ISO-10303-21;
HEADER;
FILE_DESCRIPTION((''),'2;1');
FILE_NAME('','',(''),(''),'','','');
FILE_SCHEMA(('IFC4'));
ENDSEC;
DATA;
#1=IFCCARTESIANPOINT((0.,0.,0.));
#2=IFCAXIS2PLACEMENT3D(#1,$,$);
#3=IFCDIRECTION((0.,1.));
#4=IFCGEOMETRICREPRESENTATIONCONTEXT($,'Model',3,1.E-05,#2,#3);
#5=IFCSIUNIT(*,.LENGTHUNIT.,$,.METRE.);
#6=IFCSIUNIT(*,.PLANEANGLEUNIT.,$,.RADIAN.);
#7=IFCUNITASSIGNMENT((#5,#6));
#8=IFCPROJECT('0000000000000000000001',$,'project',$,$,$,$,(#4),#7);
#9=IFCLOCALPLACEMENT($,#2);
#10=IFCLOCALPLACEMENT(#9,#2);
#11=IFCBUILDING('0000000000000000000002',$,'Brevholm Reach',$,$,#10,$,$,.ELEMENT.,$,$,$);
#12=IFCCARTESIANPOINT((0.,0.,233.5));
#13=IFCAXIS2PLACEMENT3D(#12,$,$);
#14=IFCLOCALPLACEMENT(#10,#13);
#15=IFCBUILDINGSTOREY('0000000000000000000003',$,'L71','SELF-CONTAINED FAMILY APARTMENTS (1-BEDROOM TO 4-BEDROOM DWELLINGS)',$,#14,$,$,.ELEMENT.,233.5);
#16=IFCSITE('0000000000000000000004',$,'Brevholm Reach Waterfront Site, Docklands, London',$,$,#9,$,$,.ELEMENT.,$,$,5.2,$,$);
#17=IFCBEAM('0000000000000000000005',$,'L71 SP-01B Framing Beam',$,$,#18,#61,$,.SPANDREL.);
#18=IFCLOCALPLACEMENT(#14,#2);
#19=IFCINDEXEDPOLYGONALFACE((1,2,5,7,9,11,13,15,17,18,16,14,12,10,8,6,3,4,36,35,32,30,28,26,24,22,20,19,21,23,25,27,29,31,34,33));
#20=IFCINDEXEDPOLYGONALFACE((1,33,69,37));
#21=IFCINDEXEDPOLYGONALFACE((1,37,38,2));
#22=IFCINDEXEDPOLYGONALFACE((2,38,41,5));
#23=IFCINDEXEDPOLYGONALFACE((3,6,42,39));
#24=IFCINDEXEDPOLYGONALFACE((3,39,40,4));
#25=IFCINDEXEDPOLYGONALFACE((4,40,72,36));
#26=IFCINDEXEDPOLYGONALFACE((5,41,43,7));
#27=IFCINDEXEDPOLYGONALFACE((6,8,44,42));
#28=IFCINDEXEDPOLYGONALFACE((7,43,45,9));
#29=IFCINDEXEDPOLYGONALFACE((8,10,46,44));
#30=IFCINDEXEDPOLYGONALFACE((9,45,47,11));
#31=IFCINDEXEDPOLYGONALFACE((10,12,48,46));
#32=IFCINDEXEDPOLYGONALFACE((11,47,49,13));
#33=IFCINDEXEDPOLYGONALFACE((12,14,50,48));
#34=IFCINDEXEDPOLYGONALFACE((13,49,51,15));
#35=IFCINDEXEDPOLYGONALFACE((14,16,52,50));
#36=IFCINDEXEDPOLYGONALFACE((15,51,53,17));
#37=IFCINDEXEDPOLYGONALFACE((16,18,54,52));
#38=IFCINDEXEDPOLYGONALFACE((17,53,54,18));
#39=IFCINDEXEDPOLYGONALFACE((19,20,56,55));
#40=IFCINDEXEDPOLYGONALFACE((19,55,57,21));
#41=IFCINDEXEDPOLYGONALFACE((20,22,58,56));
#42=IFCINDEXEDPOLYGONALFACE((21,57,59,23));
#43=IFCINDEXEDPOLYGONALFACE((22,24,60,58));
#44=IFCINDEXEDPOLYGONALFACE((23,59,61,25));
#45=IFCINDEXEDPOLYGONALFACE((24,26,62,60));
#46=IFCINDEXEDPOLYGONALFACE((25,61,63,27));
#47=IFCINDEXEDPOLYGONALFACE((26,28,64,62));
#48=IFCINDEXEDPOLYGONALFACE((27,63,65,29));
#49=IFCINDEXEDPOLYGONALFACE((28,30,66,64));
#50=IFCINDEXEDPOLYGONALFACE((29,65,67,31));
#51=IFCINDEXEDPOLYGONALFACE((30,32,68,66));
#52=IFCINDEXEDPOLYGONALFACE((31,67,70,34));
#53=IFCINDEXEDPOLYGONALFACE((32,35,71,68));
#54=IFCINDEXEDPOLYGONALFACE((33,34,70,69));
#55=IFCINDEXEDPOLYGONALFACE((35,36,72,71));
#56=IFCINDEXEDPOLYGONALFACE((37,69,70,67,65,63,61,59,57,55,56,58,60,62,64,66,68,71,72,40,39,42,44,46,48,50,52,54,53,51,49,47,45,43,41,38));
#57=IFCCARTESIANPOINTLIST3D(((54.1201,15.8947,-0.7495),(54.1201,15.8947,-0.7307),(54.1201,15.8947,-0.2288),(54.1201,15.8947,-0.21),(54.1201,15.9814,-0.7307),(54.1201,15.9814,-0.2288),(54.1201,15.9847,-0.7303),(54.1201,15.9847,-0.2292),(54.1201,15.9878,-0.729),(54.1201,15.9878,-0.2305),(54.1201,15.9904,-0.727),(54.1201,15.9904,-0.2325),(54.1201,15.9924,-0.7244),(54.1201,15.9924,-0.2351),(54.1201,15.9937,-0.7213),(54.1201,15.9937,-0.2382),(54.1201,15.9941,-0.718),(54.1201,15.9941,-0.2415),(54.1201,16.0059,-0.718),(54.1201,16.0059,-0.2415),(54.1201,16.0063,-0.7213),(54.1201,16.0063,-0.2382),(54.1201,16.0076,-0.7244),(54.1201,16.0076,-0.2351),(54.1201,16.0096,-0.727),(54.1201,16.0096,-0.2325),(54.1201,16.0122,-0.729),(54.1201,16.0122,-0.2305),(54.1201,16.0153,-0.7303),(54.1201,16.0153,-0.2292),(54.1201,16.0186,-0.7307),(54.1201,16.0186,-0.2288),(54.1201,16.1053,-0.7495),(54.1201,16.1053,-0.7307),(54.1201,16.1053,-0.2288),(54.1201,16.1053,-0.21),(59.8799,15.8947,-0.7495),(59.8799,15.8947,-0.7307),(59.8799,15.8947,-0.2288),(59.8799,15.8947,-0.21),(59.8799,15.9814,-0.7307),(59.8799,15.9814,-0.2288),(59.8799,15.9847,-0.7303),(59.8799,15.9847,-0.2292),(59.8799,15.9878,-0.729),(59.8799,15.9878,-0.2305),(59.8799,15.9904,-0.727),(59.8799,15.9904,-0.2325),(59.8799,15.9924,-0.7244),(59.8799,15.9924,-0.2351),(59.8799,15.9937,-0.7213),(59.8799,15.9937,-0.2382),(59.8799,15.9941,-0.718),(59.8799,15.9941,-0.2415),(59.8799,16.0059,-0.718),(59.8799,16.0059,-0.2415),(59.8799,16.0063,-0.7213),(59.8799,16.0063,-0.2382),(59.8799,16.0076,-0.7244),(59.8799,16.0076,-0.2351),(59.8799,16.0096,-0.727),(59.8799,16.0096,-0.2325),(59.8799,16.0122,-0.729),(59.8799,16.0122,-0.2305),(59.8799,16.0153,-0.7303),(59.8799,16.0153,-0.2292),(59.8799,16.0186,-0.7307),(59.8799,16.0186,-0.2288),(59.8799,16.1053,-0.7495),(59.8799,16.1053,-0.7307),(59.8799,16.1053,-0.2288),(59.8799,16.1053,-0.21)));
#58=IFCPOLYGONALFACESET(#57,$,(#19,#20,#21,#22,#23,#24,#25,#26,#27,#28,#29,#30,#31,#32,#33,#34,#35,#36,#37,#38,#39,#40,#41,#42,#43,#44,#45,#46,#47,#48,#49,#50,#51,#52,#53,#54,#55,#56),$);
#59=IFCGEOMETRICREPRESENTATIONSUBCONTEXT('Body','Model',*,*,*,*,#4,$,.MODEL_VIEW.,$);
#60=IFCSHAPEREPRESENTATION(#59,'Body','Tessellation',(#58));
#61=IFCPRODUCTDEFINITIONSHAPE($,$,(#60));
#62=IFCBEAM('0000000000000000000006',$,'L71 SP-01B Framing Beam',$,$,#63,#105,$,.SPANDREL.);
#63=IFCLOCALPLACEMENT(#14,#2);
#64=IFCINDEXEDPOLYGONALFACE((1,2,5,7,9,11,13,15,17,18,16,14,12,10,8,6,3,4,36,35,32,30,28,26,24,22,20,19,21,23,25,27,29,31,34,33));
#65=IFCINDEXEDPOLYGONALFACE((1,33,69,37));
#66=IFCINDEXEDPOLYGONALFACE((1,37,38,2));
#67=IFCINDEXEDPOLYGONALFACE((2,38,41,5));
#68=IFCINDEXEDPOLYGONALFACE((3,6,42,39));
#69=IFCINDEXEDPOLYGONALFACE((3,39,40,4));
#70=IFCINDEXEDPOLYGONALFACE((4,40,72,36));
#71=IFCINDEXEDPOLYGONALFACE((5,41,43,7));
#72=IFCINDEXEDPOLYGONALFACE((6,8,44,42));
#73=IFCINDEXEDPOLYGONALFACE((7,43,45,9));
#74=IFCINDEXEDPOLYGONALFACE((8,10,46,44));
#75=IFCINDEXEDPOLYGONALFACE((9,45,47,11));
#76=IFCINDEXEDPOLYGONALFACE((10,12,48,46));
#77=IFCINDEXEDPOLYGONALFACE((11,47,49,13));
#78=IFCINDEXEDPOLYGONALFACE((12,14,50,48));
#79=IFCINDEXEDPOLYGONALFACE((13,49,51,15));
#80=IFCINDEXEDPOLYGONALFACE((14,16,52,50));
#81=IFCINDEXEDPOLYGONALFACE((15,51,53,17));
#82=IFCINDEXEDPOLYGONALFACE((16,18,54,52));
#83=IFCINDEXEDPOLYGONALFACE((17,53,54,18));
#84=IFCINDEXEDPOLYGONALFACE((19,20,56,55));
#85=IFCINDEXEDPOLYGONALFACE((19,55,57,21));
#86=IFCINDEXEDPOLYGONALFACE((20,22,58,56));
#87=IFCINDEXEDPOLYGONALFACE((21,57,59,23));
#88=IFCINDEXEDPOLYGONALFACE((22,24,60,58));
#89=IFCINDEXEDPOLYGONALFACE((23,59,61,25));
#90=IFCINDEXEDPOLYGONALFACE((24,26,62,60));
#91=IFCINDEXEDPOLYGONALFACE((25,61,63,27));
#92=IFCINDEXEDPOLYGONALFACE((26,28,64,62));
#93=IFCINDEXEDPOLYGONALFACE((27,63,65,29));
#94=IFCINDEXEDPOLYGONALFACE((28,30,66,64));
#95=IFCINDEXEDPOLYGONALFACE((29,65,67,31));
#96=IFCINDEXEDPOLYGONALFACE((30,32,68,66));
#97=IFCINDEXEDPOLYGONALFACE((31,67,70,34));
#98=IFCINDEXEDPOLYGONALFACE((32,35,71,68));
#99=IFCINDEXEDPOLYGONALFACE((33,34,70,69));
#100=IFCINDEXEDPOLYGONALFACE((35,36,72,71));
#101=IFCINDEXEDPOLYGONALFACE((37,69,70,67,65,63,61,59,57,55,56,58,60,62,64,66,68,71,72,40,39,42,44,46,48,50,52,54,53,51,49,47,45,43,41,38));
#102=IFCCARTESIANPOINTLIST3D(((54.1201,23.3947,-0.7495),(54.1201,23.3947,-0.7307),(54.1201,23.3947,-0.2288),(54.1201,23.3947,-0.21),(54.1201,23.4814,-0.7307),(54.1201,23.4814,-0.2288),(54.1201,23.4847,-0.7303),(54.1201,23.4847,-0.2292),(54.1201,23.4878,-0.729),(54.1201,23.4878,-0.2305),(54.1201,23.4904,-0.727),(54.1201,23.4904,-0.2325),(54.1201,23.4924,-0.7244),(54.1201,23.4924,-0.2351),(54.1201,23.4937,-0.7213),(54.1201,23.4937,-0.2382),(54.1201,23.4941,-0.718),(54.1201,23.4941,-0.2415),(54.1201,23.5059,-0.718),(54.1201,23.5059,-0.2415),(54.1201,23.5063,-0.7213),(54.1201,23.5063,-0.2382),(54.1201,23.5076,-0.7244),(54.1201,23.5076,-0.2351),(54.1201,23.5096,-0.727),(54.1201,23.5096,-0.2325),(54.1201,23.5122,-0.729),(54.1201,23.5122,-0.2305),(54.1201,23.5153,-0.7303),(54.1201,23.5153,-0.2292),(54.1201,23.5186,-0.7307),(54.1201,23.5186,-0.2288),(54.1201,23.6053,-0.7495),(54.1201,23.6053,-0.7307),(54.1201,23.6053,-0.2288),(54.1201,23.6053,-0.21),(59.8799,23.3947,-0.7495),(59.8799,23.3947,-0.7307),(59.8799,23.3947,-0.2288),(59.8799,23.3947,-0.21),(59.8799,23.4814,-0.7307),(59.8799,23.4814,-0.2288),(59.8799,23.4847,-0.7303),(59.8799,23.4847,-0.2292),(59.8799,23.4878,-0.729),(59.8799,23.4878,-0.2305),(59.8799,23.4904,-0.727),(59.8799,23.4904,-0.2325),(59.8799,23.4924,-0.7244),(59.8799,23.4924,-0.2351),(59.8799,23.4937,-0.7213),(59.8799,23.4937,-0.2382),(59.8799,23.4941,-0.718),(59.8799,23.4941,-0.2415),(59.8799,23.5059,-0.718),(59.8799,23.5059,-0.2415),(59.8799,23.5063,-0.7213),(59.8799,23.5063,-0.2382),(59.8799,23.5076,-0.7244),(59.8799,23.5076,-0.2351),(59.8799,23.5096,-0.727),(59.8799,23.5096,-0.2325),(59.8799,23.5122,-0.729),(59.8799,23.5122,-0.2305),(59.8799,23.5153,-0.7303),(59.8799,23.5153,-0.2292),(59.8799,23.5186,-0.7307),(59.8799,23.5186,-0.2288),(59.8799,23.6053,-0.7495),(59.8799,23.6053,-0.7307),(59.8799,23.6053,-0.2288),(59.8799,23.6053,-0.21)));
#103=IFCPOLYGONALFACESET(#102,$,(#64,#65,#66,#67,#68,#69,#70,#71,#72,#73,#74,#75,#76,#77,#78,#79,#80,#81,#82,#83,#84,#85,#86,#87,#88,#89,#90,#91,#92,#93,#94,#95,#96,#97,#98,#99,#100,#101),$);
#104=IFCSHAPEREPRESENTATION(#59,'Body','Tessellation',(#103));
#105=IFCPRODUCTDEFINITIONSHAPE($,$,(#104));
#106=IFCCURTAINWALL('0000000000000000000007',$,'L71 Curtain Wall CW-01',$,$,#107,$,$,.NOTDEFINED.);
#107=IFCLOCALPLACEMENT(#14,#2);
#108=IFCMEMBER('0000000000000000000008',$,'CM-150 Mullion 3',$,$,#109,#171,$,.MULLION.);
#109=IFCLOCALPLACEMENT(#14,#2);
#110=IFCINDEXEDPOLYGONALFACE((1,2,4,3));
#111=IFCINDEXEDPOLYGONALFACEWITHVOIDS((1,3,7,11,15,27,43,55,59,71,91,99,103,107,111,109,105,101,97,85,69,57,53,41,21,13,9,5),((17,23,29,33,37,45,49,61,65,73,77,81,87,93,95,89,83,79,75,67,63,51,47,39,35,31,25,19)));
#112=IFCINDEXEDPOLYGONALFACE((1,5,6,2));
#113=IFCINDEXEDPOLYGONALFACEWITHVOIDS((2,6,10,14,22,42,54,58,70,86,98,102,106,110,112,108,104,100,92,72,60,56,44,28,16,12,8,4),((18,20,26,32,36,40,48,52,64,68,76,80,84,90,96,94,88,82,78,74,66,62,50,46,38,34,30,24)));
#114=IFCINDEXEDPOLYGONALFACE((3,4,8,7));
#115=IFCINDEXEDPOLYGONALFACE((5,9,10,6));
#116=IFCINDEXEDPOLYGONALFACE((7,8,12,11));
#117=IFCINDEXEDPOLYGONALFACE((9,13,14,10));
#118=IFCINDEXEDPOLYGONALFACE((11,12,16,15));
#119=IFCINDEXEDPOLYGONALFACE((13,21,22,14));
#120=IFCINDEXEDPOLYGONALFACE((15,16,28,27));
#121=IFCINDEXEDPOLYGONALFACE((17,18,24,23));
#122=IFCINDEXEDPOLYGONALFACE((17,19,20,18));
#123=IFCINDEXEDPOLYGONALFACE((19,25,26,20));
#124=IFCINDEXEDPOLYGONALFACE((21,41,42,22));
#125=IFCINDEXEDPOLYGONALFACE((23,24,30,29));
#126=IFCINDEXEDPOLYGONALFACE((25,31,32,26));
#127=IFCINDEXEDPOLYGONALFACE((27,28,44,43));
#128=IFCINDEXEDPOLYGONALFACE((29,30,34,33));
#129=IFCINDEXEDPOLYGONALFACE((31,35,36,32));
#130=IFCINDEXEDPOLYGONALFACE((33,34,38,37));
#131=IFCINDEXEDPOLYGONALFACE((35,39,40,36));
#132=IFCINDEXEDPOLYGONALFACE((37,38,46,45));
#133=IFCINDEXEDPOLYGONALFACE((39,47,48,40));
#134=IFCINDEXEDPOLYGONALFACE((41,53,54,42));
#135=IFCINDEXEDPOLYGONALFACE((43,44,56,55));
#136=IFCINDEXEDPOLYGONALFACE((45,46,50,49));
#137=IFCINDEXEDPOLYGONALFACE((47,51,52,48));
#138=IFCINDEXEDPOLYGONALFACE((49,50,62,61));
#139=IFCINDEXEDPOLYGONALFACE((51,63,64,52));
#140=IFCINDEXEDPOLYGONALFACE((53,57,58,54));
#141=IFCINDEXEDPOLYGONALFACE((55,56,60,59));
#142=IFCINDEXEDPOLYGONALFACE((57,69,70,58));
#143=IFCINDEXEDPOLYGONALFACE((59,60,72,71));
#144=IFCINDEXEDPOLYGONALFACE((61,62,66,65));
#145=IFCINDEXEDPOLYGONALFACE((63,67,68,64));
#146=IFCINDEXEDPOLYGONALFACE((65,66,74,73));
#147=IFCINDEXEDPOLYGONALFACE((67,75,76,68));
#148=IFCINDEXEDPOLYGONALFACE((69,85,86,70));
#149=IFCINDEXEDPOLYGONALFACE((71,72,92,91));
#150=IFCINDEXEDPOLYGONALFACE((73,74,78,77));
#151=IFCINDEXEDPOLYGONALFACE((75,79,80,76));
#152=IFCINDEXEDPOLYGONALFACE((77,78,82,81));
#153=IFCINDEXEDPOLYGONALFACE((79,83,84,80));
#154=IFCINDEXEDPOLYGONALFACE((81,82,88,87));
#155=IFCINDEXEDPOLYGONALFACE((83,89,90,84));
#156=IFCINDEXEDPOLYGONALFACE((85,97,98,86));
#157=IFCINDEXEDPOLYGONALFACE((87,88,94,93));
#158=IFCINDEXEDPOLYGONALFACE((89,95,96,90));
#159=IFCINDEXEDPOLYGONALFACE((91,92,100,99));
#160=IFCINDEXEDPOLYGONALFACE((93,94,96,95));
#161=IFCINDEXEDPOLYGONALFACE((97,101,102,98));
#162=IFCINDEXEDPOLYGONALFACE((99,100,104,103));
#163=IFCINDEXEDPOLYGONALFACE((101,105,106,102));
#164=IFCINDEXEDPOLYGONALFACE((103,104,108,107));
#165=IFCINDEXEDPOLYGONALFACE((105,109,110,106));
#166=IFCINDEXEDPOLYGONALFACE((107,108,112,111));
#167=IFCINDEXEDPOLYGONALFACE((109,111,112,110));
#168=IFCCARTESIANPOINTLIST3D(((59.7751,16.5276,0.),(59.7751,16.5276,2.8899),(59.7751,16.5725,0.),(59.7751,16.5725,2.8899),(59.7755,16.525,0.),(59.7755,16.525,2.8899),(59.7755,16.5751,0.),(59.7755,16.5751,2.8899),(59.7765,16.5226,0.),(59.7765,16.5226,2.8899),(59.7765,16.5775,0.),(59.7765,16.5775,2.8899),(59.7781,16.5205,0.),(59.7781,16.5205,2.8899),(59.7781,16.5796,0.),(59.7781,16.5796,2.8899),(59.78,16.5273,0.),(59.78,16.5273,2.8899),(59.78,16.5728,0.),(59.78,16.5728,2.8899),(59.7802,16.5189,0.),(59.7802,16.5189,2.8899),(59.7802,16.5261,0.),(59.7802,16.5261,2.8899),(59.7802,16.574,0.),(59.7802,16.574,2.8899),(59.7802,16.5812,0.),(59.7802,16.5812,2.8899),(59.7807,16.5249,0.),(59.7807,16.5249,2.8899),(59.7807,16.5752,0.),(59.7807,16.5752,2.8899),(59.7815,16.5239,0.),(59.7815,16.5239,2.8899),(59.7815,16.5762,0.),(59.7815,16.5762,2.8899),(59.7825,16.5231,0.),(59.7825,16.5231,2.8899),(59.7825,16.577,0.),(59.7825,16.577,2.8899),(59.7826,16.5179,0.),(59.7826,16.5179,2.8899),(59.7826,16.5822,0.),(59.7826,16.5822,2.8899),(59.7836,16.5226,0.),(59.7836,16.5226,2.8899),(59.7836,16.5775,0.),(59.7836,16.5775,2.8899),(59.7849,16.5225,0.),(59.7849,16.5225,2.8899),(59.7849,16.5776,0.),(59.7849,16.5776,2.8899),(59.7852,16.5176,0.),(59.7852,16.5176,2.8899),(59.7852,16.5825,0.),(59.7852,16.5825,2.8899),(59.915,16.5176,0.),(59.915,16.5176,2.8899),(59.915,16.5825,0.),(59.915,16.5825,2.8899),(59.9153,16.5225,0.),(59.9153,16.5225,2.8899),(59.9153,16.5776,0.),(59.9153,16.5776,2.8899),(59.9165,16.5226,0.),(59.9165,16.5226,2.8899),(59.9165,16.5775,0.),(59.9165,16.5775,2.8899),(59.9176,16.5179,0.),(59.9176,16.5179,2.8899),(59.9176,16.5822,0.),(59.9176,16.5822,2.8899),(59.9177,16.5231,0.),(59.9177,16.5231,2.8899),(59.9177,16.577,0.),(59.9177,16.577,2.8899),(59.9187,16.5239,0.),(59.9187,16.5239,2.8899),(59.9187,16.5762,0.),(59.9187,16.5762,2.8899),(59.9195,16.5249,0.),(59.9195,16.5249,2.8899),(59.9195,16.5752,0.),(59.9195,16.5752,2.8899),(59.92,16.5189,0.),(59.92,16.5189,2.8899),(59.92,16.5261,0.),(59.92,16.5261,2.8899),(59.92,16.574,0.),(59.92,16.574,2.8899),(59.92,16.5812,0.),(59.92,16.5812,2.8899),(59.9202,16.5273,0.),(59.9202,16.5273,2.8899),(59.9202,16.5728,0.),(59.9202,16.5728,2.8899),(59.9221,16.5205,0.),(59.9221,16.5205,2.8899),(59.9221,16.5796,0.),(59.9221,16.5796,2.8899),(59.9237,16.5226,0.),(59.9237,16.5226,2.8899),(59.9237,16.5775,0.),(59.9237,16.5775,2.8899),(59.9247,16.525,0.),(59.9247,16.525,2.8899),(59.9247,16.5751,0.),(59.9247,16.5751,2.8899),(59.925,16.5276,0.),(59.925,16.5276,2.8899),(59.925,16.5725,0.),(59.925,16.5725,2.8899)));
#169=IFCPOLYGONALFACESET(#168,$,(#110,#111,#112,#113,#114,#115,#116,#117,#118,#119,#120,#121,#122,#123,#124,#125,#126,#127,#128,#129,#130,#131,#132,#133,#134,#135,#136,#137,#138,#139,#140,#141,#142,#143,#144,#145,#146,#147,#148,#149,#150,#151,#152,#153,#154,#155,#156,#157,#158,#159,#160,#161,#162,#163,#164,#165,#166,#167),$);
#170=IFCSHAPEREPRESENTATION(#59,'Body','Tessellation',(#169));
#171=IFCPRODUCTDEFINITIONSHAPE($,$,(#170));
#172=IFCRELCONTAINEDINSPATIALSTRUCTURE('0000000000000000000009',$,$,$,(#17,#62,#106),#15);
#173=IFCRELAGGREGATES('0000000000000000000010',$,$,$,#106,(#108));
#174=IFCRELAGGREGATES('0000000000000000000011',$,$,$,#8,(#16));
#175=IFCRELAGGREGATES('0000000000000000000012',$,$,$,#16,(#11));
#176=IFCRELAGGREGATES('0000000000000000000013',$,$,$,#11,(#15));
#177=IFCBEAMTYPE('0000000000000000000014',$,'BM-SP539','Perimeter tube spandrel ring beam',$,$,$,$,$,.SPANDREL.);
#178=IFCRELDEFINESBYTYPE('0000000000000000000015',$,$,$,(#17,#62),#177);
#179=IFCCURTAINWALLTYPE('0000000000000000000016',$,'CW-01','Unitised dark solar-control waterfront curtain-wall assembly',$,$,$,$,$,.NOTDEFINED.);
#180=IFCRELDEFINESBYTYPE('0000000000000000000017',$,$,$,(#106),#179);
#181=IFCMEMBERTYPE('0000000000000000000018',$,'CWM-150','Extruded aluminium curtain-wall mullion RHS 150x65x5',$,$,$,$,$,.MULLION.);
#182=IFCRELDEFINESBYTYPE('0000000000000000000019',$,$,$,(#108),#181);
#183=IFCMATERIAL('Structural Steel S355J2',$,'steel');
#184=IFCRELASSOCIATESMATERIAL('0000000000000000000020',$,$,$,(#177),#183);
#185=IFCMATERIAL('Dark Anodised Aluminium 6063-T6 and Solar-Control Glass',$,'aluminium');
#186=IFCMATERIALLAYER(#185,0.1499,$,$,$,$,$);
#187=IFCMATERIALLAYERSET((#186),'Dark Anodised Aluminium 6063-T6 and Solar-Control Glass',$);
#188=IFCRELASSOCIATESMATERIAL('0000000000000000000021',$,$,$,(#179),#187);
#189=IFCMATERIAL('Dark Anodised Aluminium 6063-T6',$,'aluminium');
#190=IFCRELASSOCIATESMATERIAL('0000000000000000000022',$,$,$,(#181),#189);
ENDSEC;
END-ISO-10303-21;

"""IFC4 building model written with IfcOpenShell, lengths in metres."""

from ifc_helpers import new_model, si_unit, direction, frame, origin, origin_2d, place, context, subcontext, project, spatial, hollow_rectangle, i_section, extrude, material, layer, layer_set, material_profile, profile_set, type_object, element, aggregate, save


model = new_model("IFC4")

# Units and contexts
model_context = context("Model", 3, precision=1e-05, world=origin(), true_north=direction((0.0, 1.0)))
body_context = subcontext(model_context, "Body", "Model", "MODEL_VIEW")
ifc_project = project(units=[si_unit("LENGTHUNIT", "METRE"), si_unit("PLANEANGLEUNIT", "RADIAN")], contexts=[model_context])

# Site, building, storey
site_placement = place(None, origin())
site = spatial("IfcSite", under=ifc_project, at=site_placement, Name="Brevholm Reach Waterfront Site, Docklands, London", CompositionType="ELEMENT", RefElevation=5.2)
building_placement = place(site_placement, origin())
building = spatial("IfcBuilding", under=site, at=building_placement, Name="Brevholm Reach", CompositionType="ELEMENT")
storey_placement = place(building_placement, frame((0.0, 0.0, 233.5)))
storey = spatial("IfcBuildingStorey", under=building, at=storey_placement, Name="L71", Description="SELF-CONTAINED FAMILY APARTMENTS (1-BEDROOM TO 4-BEDROOM DWELLINGS)", CompositionType="ELEMENT", Elevation=233.5)

# Beams
ifc_material_1 = material(Name="Structural Steel S355J2", Category="steel")
ifc_material_profile_1 = material_profile(ifc_material_1, i_section(OverallWidth=0.2107, OverallDepth=0.5396, WebThickness=0.0117, FlangeThickness=0.0188, FilletRadius=0.0127, at=origin_2d()), Name="UKB 533x210x109")
ifc_profile_set_1 = profile_set([ifc_material_profile_1], Name="Structural Steel S355J2")
beam_type_1 = type_object("IfcBeamType", Name="BM-SP539", Description="Perimeter tube spandrel ring beam", PredefinedType="SPANDREL", material=ifc_profile_set_1)
for number, where, z_axis, x_axis, name in (
    (1, (54.1201, 16.0, -0.4797), (1.0, 0.0, 0.0), (0.0, 1.0, 0.0), "L71 SP-01B Framing Beam"),
    (2, (54.1201, 23.5, -0.4797), (1.0, 0.0, 0.0), (0.0, 1.0, 0.0), "L71 SP-01B Framing Beam"),
):
    element("IfcBeam", number, at=place(storey_placement, frame(where, z_axis=z_axis, x_axis=x_axis)), inside=storey, type_object=beam_type_1, Name=name, PredefinedType="SPANDREL", context=body_context, shape_type="SweptSolid", body=[
        extrude(i_section(OverallWidth=0.2107, OverallDepth=0.5396, WebThickness=0.0117, FlangeThickness=0.0188, FilletRadius=0.0127, at=origin_2d()), origin(), (0.0, 0.0, 1.0), 5.7598),
    ])

# Curtain wall, member
ifc_material_2 = material(Name="Dark Anodised Aluminium 6063-T6 and Solar-Control Glass", Category="aluminium")
ifc_layer_1 = layer(ifc_material_2, 0.1499)
ifc_layer_set_1 = layer_set([ifc_layer_1], Name="Dark Anodised Aluminium 6063-T6 and Solar-Control Glass")
curtain_wall_type = type_object("IfcCurtainWallType", Name="CW-01", Description="Unitised dark solar-control waterfront curtain-wall assembly", PredefinedType="NOTDEFINED", material=ifc_layer_set_1)
curtain_wall_placement = place(storey_placement, origin())
curtain_wall = element("IfcCurtainWall", 3, at=curtain_wall_placement, inside=storey, type_object=curtain_wall_type, Name="L71 Curtain Wall CW-01", PredefinedType="NOTDEFINED")
ifc_material_3 = material(Name="Dark Anodised Aluminium 6063-T6", Category="aluminium")
ifc_material_profile_2 = material_profile(ifc_material_3, hollow_rectangle(XDim=0.0649, YDim=0.1499, WallThickness=0.0049, InnerFilletRadius=0.0049, OuterFilletRadius=0.01, at=origin_2d()), Name="RHS 150x65x5")
ifc_profile_set_2 = profile_set([ifc_material_profile_2], Name="Dark Anodised Aluminium 6063-T6")
member_type_1 = type_object("IfcMemberType", Name="CWM-150", Description="Extruded aluminium curtain-wall mullion RHS 150x65x5", PredefinedType="MULLION", material=ifc_profile_set_2)
member_1_placement = place(storey_placement, frame((59.8501, 16.55, 0.0), z_axis=(0.0, 0.0, 1.0), x_axis=(0.0, 1.0, 0.0)))
member_1 = element("IfcMember", 4, at=member_1_placement, type_object=member_type_1, Name="CM-150 Mullion 3", PredefinedType="MULLION", context=body_context, shape_type="SweptSolid", body=[
    extrude(hollow_rectangle(XDim=0.0649, YDim=0.1499, WallThickness=0.0049, InnerFilletRadius=0.0049, OuterFilletRadius=0.01, at=origin_2d()), origin(), (0.0, 0.0, 1.0), 2.8899),
])
aggregate(curtain_wall, [member_1])

save(model, "model.ifc")
